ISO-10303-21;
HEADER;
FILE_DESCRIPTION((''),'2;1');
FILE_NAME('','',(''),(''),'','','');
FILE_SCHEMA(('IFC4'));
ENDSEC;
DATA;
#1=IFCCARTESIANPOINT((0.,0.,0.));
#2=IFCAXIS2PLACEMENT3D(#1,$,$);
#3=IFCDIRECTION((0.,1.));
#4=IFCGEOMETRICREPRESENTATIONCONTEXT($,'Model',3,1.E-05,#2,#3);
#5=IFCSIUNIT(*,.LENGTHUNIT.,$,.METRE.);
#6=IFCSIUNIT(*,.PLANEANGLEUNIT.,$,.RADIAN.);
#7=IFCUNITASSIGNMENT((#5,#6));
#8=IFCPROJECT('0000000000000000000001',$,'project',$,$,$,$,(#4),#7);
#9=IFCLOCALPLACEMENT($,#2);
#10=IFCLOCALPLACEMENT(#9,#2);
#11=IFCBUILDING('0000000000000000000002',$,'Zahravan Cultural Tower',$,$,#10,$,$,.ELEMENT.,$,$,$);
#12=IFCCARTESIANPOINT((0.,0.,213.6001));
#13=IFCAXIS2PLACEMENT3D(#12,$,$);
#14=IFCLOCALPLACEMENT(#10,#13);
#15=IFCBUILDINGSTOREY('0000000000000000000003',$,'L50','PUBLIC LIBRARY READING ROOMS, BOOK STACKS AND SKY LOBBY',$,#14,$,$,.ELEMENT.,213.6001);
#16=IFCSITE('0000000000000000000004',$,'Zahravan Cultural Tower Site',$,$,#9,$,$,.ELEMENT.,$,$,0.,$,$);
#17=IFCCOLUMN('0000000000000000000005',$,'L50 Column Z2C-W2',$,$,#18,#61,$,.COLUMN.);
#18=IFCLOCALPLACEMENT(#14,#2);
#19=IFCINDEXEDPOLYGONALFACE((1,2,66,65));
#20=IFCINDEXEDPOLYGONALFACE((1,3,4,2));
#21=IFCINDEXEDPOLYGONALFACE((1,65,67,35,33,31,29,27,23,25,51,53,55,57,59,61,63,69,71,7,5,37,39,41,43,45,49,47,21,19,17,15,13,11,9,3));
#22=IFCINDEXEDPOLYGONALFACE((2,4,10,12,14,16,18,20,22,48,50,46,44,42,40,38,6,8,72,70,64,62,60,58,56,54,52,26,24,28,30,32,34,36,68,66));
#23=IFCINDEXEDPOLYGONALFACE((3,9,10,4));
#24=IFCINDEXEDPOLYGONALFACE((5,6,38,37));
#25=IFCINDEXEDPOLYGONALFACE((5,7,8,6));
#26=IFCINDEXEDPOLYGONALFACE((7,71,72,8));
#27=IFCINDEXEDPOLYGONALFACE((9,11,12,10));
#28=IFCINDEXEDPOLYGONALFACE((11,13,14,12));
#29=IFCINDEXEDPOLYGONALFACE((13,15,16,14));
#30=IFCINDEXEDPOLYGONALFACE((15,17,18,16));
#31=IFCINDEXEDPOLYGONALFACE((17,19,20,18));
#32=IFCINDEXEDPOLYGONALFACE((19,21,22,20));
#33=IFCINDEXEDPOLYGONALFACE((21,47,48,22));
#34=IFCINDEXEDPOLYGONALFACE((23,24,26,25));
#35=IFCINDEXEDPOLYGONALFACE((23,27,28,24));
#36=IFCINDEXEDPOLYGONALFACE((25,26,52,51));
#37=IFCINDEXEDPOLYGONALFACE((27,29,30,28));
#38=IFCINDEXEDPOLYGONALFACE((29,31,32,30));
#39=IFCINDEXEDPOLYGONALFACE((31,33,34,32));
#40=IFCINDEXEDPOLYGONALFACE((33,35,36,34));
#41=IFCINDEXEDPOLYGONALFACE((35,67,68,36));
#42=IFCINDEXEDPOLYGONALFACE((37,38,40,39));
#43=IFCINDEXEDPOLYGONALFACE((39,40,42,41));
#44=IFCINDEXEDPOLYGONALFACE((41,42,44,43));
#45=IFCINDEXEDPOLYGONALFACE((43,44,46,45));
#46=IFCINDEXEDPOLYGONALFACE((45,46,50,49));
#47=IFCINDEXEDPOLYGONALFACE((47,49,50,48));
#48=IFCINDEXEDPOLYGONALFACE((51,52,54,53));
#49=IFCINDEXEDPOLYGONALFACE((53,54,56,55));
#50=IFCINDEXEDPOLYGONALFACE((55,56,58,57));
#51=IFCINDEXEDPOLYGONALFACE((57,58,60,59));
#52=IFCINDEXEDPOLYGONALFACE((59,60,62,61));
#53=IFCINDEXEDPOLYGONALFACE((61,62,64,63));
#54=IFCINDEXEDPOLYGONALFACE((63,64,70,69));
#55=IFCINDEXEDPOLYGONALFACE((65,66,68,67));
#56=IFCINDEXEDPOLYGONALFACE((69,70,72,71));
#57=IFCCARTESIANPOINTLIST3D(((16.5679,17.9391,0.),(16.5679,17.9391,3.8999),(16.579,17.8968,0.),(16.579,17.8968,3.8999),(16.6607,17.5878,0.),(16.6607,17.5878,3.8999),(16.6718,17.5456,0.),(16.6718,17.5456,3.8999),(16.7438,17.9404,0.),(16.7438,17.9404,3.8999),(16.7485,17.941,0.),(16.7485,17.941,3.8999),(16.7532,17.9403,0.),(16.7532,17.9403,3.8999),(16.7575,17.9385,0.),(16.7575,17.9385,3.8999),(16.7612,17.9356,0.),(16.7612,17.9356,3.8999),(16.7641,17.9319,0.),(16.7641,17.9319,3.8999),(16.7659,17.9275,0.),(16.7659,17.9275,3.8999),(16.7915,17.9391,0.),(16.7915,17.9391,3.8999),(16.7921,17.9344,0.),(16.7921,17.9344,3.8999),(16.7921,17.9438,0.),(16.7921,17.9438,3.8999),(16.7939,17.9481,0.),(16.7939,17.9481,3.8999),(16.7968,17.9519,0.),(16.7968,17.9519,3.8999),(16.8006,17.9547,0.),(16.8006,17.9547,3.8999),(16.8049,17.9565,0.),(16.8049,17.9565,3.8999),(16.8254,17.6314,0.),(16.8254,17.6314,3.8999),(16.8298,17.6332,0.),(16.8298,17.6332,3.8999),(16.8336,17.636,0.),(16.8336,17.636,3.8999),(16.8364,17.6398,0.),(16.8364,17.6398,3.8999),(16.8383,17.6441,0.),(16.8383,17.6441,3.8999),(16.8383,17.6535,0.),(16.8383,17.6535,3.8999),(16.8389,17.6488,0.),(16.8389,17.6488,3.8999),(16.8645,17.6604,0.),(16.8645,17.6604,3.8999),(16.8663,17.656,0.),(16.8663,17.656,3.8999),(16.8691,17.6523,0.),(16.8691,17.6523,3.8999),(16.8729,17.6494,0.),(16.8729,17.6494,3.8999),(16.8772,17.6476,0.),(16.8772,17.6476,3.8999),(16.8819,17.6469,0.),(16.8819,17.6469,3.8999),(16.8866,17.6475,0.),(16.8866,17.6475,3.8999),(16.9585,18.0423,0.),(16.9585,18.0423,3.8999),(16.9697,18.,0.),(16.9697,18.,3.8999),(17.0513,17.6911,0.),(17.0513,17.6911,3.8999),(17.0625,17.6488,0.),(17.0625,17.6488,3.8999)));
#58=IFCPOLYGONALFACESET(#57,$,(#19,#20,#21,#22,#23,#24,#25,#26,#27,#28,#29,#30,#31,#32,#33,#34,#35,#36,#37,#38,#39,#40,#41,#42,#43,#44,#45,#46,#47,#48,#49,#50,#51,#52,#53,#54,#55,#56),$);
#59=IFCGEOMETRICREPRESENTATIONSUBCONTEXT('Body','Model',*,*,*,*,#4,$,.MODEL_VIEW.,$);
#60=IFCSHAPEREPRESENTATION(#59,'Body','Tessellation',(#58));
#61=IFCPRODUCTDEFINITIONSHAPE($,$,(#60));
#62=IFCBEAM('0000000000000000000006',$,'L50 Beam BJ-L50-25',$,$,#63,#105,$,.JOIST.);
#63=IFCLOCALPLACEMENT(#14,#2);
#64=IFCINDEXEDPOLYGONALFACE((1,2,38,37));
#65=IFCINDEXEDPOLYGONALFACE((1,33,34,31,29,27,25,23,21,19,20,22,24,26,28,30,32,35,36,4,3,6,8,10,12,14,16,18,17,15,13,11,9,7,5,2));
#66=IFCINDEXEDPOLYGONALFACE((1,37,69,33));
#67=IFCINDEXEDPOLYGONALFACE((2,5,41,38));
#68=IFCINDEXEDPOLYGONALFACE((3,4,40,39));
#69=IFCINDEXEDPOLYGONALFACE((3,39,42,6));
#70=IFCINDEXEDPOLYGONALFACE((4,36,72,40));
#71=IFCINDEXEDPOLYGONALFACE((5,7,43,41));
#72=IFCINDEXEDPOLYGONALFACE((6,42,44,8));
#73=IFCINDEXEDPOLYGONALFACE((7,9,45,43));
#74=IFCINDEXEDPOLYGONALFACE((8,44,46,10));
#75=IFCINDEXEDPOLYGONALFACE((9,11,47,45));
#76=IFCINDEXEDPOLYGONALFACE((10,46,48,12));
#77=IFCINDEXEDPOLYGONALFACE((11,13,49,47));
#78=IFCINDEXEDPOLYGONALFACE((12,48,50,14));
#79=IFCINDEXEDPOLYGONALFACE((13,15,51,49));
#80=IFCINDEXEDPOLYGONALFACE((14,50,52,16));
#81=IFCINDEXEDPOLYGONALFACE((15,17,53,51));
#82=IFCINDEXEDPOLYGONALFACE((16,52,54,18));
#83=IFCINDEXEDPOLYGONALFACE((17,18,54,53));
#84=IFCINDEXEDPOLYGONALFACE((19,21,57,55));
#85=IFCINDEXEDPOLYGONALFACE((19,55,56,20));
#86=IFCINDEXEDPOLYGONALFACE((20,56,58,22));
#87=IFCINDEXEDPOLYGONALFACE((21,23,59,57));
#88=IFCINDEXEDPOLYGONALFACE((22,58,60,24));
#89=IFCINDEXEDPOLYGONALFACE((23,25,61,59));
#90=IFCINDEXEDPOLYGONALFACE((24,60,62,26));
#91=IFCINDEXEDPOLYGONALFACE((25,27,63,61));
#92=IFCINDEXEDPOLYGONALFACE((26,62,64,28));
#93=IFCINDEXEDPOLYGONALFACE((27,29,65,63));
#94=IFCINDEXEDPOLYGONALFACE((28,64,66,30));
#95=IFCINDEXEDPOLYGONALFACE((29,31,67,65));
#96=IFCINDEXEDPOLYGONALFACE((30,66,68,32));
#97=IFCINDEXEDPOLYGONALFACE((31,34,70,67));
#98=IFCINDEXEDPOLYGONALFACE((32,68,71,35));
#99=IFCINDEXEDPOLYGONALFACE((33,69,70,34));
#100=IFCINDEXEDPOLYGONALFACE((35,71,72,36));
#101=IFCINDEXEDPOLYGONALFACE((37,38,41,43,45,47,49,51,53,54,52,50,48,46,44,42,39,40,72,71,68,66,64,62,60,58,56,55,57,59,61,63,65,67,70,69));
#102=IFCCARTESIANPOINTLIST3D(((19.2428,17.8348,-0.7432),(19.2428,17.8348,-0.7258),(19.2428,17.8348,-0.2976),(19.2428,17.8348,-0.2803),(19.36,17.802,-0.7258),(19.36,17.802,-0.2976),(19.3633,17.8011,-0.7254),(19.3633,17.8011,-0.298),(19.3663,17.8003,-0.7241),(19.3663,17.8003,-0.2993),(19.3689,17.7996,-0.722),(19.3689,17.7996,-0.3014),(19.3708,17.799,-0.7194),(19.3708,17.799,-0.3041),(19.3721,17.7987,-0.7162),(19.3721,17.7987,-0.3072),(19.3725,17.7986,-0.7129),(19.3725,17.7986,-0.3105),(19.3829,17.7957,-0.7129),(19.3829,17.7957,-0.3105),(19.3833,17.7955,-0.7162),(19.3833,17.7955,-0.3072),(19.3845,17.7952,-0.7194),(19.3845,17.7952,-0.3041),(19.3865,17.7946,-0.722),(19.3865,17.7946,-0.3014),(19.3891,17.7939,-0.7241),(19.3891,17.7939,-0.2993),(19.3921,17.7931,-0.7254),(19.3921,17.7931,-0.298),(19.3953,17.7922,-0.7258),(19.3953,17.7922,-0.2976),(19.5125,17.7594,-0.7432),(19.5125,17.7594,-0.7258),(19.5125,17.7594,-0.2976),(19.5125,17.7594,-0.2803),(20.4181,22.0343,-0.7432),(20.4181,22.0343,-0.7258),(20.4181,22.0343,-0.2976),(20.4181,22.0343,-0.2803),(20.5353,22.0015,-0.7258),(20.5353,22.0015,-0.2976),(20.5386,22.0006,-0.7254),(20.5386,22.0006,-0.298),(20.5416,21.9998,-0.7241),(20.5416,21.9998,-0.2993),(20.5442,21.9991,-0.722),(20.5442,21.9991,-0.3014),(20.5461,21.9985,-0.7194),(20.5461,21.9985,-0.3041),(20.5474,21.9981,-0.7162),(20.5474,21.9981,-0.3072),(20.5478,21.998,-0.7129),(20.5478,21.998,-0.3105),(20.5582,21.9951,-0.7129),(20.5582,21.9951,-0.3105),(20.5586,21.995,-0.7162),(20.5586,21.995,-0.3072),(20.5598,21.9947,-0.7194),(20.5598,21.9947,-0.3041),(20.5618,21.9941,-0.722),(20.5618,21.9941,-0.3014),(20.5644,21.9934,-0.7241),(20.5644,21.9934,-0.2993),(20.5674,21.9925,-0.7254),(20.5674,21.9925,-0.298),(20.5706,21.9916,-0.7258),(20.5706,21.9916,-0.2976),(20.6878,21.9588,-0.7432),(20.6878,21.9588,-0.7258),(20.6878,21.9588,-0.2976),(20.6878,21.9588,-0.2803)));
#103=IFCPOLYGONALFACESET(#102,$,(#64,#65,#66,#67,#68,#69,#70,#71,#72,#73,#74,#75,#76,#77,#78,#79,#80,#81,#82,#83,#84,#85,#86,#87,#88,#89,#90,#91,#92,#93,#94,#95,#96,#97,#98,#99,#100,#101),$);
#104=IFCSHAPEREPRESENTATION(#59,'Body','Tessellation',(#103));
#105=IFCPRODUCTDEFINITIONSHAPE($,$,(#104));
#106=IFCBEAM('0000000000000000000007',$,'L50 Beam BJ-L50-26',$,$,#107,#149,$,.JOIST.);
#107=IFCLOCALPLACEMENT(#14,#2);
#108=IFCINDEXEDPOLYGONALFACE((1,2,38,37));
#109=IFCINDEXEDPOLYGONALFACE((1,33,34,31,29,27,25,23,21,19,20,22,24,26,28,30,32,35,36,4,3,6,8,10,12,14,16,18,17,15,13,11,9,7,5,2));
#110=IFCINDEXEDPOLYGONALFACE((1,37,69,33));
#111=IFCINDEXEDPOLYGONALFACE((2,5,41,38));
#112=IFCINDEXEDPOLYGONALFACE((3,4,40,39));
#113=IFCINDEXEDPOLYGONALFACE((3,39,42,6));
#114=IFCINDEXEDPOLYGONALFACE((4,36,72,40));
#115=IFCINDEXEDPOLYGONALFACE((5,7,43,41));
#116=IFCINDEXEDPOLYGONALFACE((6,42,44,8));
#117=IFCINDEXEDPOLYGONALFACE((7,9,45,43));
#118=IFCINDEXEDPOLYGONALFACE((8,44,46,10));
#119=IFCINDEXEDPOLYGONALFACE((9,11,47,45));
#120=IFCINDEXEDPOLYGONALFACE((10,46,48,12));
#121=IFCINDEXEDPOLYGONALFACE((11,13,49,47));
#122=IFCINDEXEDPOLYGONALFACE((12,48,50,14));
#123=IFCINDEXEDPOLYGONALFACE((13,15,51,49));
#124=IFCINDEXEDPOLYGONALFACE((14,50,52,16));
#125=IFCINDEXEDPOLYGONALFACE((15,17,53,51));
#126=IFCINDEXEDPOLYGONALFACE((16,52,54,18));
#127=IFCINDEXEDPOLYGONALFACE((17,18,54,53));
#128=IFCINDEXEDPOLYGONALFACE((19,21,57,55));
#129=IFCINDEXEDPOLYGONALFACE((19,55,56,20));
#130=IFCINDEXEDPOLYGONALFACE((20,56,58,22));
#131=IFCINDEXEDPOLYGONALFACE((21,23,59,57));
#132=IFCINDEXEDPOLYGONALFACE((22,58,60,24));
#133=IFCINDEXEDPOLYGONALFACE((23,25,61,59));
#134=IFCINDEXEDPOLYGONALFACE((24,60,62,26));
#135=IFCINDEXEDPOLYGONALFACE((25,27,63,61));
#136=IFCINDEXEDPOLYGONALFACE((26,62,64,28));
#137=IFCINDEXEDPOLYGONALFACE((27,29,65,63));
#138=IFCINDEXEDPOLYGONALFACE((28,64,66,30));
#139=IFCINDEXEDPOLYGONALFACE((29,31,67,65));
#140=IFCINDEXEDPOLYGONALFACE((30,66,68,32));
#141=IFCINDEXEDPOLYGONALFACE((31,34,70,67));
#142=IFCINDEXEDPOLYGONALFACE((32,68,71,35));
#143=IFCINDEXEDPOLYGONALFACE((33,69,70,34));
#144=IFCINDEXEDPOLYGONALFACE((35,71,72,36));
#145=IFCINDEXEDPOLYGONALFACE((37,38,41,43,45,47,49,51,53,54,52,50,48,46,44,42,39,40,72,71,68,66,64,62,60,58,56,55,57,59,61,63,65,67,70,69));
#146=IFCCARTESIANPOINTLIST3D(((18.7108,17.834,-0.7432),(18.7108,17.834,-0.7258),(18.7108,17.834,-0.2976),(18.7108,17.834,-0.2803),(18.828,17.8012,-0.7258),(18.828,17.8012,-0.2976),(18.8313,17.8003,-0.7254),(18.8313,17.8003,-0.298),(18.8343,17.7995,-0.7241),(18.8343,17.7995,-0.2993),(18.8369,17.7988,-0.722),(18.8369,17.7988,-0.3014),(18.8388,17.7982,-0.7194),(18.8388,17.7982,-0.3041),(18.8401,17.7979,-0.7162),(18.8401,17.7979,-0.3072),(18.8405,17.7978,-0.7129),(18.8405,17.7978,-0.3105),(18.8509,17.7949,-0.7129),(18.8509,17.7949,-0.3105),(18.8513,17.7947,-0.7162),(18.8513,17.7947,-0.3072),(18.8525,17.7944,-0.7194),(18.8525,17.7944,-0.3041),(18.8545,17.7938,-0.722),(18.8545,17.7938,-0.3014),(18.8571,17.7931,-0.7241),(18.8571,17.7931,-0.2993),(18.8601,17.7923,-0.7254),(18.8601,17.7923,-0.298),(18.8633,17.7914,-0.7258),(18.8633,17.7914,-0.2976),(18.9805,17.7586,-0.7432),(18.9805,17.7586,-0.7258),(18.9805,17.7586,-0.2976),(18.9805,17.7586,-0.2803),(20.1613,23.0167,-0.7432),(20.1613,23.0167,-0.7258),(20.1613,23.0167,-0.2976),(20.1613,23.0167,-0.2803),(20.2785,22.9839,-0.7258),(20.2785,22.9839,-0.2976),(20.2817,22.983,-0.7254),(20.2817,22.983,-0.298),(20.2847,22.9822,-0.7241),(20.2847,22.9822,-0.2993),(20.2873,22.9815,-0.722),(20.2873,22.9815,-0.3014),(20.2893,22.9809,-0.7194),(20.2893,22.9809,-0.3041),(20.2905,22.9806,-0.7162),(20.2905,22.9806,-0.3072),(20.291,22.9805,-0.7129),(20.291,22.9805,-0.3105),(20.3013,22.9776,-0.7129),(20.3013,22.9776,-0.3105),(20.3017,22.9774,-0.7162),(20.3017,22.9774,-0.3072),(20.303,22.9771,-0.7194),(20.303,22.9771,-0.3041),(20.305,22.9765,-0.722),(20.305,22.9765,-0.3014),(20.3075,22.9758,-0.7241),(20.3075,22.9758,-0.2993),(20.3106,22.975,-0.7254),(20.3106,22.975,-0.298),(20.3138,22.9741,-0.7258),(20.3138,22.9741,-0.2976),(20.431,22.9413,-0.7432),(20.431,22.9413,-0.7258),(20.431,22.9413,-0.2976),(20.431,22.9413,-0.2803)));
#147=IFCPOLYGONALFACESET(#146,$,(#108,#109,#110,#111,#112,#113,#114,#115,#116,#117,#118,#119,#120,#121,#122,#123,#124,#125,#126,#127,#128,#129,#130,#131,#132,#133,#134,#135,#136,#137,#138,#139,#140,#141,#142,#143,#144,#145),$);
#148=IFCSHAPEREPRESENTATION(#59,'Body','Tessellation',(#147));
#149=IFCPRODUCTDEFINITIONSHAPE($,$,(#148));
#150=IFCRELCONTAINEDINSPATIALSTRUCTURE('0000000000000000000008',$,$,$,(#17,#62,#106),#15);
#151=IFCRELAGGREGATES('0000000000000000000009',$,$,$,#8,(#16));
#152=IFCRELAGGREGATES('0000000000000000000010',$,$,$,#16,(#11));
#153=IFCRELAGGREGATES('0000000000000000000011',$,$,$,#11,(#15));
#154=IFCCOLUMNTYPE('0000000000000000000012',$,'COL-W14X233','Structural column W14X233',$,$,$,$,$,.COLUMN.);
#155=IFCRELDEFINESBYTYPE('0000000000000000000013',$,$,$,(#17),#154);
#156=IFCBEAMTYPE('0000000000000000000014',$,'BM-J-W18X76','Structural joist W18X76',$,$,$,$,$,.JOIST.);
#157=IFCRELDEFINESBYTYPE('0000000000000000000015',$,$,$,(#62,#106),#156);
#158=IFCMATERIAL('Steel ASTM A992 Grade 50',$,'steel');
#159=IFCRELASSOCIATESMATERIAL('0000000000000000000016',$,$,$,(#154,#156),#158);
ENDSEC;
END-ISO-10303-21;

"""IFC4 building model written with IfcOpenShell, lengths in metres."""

from ifc_helpers import new_model, si_unit, direction, frame, origin, origin_2d, place, context, subcontext, project, spatial, i_section, extrude, source, transform, mapped, material, material_profile, profile_set, type_object, element, save


model = new_model("IFC4")

# Units and contexts
model_context = context("Model", 3, precision=1e-05, world=origin(), true_north=direction((0.0, 1.0)))
body_context = subcontext(model_context, "Body", "Model", "MODEL_VIEW")
ifc_project = project(units=[si_unit("LENGTHUNIT", "METRE"), si_unit("PLANEANGLEUNIT", "RADIAN")], contexts=[model_context])

# Site, building, storey
site_placement = place(None, origin())
site = spatial("IfcSite", under=ifc_project, at=site_placement, Name="Zahravan Cultural Tower Site", CompositionType="ELEMENT", RefElevation=0.0)
building_placement = place(site_placement, origin())
building = spatial("IfcBuilding", under=site, at=building_placement, Name="Zahravan Cultural Tower", CompositionType="ELEMENT")
storey_placement = place(building_placement, frame((0.0, 0.0, 213.6001)))
storey = spatial("IfcBuildingStorey", under=building, at=storey_placement, Name="L50", Description="PUBLIC LIBRARY READING ROOMS, BOOK STACKS AND SKY LOBBY", CompositionType="ELEMENT", Elevation=213.6001)

# Column
ifc_material_1 = material(Name="Steel ASTM A992 Grade 50", Category="steel")
ifc_material_profile_1 = material_profile(ifc_material_1, i_section(OverallWidth=0.4041, OverallDepth=0.407, WebThickness=0.0271, FlangeThickness=0.0437, FilletRadius=0.0181, at=origin_2d()), Name="W14X233")
ifc_profile_set_1 = profile_set([ifc_material_profile_1], Name="Steel ASTM A992 Grade 50")
column_type = type_object("IfcColumnType", Name="COL-W14X233", Description="Structural column W14X233", PredefinedType="COLUMN", material=ifc_profile_set_1)
shared_shape_1 = source(origin(), body_context, "Body", "SweptSolid", [
    extrude(i_section(OverallWidth=0.4041, OverallDepth=0.407, WebThickness=0.0271, FlangeThickness=0.0437, FilletRadius=0.0181, at=origin_2d()), origin(), (0.0, 0.0, 1.0), 3.8999),
])
column_placement = place(storey_placement, frame((16.8152, 17.7939, 0.0), z_axis=(0.0, 0.0, 1.0), x_axis=(0.966823, 0.255446, 0.0)))
element("IfcColumn", 1, at=column_placement, inside=storey, type_object=column_type, Name="L50 Column Z2C-W2", PredefinedType="COLUMN", context=body_context, shape_type="MappedRepresentation", body=[
    mapped(shared_shape_1, transform((0.0, 0.0, 0.0), x_axis=(1.0, 0.0, 0.0), y_axis=(0.0, 1.0, 0.0), z_axis=(0.0, 0.0, 1.0), scale=1.0)),
])

# Beams
ifc_material_profile_2 = material_profile(ifc_material_1, i_section(OverallWidth=0.28, OverallDepth=0.4629, WebThickness=0.0107, FlangeThickness=0.0173, FilletRadius=0.0129, at=origin_2d()), Name="W18X76")
ifc_profile_set_2 = profile_set([ifc_material_profile_2], Name="Steel ASTM A992 Grade 50")
beam_type = type_object("IfcBeamType", Name="BM-J-W18X76", Description="Structural joist W18X76", PredefinedType="JOIST", material=ifc_profile_set_2)
shared_shape_2 = source(origin(), body_context, "Body", "SweptSolid", [
    extrude(i_section(OverallWidth=0.28, OverallDepth=0.4629, WebThickness=0.0107, FlangeThickness=0.0173, FilletRadius=0.0129, at=origin_2d()), origin(), (0.0, 0.0, 1.0), 4.3608),
])
beam_1_placement = place(storey_placement, frame((20.553, 21.9966, -0.5117), z_axis=(-0.269512, -0.962997, 0.0), x_axis=(0.962997, -0.269512, 0.0)))
element("IfcBeam", 2, at=beam_1_placement, inside=storey, type_object=beam_type, Name="L50 Beam BJ-L50-25", PredefinedType="JOIST", context=body_context, shape_type="MappedRepresentation", body=[
    mapped(shared_shape_2, transform((0.0, 0.0, 0.0), x_axis=(1.0, 0.0, 0.0), y_axis=(0.0, 1.0, 0.0), z_axis=(0.0, 0.0, 1.0), scale=1.0)),
])
shared_shape_3 = source(origin(), body_context, "Body", "SweptSolid", [
    extrude(i_section(OverallWidth=0.28, OverallDepth=0.4629, WebThickness=0.0107, FlangeThickness=0.0173, FilletRadius=0.0129, at=origin_2d()), origin(), (0.0, 0.0, 1.0), 5.3818),
])
beam_2_placement = place(storey_placement, frame((20.2961, 22.979, -0.5117), z_axis=(-0.26951, -0.962997, 0.0), x_axis=(0.962997, -0.26951, 0.0)))
element("IfcBeam", 3, at=beam_2_placement, inside=storey, type_object=beam_type, Name="L50 Beam BJ-L50-26", PredefinedType="JOIST", context=body_context, shape_type="MappedRepresentation", body=[
    mapped(shared_shape_3, transform((0.0, 0.0, 0.0), x_axis=(1.0, 0.0, 0.0), y_axis=(0.0, 1.0, 0.0), z_axis=(0.0, 0.0, 1.0), scale=1.0)),
])

save(model, "model.ifc")
